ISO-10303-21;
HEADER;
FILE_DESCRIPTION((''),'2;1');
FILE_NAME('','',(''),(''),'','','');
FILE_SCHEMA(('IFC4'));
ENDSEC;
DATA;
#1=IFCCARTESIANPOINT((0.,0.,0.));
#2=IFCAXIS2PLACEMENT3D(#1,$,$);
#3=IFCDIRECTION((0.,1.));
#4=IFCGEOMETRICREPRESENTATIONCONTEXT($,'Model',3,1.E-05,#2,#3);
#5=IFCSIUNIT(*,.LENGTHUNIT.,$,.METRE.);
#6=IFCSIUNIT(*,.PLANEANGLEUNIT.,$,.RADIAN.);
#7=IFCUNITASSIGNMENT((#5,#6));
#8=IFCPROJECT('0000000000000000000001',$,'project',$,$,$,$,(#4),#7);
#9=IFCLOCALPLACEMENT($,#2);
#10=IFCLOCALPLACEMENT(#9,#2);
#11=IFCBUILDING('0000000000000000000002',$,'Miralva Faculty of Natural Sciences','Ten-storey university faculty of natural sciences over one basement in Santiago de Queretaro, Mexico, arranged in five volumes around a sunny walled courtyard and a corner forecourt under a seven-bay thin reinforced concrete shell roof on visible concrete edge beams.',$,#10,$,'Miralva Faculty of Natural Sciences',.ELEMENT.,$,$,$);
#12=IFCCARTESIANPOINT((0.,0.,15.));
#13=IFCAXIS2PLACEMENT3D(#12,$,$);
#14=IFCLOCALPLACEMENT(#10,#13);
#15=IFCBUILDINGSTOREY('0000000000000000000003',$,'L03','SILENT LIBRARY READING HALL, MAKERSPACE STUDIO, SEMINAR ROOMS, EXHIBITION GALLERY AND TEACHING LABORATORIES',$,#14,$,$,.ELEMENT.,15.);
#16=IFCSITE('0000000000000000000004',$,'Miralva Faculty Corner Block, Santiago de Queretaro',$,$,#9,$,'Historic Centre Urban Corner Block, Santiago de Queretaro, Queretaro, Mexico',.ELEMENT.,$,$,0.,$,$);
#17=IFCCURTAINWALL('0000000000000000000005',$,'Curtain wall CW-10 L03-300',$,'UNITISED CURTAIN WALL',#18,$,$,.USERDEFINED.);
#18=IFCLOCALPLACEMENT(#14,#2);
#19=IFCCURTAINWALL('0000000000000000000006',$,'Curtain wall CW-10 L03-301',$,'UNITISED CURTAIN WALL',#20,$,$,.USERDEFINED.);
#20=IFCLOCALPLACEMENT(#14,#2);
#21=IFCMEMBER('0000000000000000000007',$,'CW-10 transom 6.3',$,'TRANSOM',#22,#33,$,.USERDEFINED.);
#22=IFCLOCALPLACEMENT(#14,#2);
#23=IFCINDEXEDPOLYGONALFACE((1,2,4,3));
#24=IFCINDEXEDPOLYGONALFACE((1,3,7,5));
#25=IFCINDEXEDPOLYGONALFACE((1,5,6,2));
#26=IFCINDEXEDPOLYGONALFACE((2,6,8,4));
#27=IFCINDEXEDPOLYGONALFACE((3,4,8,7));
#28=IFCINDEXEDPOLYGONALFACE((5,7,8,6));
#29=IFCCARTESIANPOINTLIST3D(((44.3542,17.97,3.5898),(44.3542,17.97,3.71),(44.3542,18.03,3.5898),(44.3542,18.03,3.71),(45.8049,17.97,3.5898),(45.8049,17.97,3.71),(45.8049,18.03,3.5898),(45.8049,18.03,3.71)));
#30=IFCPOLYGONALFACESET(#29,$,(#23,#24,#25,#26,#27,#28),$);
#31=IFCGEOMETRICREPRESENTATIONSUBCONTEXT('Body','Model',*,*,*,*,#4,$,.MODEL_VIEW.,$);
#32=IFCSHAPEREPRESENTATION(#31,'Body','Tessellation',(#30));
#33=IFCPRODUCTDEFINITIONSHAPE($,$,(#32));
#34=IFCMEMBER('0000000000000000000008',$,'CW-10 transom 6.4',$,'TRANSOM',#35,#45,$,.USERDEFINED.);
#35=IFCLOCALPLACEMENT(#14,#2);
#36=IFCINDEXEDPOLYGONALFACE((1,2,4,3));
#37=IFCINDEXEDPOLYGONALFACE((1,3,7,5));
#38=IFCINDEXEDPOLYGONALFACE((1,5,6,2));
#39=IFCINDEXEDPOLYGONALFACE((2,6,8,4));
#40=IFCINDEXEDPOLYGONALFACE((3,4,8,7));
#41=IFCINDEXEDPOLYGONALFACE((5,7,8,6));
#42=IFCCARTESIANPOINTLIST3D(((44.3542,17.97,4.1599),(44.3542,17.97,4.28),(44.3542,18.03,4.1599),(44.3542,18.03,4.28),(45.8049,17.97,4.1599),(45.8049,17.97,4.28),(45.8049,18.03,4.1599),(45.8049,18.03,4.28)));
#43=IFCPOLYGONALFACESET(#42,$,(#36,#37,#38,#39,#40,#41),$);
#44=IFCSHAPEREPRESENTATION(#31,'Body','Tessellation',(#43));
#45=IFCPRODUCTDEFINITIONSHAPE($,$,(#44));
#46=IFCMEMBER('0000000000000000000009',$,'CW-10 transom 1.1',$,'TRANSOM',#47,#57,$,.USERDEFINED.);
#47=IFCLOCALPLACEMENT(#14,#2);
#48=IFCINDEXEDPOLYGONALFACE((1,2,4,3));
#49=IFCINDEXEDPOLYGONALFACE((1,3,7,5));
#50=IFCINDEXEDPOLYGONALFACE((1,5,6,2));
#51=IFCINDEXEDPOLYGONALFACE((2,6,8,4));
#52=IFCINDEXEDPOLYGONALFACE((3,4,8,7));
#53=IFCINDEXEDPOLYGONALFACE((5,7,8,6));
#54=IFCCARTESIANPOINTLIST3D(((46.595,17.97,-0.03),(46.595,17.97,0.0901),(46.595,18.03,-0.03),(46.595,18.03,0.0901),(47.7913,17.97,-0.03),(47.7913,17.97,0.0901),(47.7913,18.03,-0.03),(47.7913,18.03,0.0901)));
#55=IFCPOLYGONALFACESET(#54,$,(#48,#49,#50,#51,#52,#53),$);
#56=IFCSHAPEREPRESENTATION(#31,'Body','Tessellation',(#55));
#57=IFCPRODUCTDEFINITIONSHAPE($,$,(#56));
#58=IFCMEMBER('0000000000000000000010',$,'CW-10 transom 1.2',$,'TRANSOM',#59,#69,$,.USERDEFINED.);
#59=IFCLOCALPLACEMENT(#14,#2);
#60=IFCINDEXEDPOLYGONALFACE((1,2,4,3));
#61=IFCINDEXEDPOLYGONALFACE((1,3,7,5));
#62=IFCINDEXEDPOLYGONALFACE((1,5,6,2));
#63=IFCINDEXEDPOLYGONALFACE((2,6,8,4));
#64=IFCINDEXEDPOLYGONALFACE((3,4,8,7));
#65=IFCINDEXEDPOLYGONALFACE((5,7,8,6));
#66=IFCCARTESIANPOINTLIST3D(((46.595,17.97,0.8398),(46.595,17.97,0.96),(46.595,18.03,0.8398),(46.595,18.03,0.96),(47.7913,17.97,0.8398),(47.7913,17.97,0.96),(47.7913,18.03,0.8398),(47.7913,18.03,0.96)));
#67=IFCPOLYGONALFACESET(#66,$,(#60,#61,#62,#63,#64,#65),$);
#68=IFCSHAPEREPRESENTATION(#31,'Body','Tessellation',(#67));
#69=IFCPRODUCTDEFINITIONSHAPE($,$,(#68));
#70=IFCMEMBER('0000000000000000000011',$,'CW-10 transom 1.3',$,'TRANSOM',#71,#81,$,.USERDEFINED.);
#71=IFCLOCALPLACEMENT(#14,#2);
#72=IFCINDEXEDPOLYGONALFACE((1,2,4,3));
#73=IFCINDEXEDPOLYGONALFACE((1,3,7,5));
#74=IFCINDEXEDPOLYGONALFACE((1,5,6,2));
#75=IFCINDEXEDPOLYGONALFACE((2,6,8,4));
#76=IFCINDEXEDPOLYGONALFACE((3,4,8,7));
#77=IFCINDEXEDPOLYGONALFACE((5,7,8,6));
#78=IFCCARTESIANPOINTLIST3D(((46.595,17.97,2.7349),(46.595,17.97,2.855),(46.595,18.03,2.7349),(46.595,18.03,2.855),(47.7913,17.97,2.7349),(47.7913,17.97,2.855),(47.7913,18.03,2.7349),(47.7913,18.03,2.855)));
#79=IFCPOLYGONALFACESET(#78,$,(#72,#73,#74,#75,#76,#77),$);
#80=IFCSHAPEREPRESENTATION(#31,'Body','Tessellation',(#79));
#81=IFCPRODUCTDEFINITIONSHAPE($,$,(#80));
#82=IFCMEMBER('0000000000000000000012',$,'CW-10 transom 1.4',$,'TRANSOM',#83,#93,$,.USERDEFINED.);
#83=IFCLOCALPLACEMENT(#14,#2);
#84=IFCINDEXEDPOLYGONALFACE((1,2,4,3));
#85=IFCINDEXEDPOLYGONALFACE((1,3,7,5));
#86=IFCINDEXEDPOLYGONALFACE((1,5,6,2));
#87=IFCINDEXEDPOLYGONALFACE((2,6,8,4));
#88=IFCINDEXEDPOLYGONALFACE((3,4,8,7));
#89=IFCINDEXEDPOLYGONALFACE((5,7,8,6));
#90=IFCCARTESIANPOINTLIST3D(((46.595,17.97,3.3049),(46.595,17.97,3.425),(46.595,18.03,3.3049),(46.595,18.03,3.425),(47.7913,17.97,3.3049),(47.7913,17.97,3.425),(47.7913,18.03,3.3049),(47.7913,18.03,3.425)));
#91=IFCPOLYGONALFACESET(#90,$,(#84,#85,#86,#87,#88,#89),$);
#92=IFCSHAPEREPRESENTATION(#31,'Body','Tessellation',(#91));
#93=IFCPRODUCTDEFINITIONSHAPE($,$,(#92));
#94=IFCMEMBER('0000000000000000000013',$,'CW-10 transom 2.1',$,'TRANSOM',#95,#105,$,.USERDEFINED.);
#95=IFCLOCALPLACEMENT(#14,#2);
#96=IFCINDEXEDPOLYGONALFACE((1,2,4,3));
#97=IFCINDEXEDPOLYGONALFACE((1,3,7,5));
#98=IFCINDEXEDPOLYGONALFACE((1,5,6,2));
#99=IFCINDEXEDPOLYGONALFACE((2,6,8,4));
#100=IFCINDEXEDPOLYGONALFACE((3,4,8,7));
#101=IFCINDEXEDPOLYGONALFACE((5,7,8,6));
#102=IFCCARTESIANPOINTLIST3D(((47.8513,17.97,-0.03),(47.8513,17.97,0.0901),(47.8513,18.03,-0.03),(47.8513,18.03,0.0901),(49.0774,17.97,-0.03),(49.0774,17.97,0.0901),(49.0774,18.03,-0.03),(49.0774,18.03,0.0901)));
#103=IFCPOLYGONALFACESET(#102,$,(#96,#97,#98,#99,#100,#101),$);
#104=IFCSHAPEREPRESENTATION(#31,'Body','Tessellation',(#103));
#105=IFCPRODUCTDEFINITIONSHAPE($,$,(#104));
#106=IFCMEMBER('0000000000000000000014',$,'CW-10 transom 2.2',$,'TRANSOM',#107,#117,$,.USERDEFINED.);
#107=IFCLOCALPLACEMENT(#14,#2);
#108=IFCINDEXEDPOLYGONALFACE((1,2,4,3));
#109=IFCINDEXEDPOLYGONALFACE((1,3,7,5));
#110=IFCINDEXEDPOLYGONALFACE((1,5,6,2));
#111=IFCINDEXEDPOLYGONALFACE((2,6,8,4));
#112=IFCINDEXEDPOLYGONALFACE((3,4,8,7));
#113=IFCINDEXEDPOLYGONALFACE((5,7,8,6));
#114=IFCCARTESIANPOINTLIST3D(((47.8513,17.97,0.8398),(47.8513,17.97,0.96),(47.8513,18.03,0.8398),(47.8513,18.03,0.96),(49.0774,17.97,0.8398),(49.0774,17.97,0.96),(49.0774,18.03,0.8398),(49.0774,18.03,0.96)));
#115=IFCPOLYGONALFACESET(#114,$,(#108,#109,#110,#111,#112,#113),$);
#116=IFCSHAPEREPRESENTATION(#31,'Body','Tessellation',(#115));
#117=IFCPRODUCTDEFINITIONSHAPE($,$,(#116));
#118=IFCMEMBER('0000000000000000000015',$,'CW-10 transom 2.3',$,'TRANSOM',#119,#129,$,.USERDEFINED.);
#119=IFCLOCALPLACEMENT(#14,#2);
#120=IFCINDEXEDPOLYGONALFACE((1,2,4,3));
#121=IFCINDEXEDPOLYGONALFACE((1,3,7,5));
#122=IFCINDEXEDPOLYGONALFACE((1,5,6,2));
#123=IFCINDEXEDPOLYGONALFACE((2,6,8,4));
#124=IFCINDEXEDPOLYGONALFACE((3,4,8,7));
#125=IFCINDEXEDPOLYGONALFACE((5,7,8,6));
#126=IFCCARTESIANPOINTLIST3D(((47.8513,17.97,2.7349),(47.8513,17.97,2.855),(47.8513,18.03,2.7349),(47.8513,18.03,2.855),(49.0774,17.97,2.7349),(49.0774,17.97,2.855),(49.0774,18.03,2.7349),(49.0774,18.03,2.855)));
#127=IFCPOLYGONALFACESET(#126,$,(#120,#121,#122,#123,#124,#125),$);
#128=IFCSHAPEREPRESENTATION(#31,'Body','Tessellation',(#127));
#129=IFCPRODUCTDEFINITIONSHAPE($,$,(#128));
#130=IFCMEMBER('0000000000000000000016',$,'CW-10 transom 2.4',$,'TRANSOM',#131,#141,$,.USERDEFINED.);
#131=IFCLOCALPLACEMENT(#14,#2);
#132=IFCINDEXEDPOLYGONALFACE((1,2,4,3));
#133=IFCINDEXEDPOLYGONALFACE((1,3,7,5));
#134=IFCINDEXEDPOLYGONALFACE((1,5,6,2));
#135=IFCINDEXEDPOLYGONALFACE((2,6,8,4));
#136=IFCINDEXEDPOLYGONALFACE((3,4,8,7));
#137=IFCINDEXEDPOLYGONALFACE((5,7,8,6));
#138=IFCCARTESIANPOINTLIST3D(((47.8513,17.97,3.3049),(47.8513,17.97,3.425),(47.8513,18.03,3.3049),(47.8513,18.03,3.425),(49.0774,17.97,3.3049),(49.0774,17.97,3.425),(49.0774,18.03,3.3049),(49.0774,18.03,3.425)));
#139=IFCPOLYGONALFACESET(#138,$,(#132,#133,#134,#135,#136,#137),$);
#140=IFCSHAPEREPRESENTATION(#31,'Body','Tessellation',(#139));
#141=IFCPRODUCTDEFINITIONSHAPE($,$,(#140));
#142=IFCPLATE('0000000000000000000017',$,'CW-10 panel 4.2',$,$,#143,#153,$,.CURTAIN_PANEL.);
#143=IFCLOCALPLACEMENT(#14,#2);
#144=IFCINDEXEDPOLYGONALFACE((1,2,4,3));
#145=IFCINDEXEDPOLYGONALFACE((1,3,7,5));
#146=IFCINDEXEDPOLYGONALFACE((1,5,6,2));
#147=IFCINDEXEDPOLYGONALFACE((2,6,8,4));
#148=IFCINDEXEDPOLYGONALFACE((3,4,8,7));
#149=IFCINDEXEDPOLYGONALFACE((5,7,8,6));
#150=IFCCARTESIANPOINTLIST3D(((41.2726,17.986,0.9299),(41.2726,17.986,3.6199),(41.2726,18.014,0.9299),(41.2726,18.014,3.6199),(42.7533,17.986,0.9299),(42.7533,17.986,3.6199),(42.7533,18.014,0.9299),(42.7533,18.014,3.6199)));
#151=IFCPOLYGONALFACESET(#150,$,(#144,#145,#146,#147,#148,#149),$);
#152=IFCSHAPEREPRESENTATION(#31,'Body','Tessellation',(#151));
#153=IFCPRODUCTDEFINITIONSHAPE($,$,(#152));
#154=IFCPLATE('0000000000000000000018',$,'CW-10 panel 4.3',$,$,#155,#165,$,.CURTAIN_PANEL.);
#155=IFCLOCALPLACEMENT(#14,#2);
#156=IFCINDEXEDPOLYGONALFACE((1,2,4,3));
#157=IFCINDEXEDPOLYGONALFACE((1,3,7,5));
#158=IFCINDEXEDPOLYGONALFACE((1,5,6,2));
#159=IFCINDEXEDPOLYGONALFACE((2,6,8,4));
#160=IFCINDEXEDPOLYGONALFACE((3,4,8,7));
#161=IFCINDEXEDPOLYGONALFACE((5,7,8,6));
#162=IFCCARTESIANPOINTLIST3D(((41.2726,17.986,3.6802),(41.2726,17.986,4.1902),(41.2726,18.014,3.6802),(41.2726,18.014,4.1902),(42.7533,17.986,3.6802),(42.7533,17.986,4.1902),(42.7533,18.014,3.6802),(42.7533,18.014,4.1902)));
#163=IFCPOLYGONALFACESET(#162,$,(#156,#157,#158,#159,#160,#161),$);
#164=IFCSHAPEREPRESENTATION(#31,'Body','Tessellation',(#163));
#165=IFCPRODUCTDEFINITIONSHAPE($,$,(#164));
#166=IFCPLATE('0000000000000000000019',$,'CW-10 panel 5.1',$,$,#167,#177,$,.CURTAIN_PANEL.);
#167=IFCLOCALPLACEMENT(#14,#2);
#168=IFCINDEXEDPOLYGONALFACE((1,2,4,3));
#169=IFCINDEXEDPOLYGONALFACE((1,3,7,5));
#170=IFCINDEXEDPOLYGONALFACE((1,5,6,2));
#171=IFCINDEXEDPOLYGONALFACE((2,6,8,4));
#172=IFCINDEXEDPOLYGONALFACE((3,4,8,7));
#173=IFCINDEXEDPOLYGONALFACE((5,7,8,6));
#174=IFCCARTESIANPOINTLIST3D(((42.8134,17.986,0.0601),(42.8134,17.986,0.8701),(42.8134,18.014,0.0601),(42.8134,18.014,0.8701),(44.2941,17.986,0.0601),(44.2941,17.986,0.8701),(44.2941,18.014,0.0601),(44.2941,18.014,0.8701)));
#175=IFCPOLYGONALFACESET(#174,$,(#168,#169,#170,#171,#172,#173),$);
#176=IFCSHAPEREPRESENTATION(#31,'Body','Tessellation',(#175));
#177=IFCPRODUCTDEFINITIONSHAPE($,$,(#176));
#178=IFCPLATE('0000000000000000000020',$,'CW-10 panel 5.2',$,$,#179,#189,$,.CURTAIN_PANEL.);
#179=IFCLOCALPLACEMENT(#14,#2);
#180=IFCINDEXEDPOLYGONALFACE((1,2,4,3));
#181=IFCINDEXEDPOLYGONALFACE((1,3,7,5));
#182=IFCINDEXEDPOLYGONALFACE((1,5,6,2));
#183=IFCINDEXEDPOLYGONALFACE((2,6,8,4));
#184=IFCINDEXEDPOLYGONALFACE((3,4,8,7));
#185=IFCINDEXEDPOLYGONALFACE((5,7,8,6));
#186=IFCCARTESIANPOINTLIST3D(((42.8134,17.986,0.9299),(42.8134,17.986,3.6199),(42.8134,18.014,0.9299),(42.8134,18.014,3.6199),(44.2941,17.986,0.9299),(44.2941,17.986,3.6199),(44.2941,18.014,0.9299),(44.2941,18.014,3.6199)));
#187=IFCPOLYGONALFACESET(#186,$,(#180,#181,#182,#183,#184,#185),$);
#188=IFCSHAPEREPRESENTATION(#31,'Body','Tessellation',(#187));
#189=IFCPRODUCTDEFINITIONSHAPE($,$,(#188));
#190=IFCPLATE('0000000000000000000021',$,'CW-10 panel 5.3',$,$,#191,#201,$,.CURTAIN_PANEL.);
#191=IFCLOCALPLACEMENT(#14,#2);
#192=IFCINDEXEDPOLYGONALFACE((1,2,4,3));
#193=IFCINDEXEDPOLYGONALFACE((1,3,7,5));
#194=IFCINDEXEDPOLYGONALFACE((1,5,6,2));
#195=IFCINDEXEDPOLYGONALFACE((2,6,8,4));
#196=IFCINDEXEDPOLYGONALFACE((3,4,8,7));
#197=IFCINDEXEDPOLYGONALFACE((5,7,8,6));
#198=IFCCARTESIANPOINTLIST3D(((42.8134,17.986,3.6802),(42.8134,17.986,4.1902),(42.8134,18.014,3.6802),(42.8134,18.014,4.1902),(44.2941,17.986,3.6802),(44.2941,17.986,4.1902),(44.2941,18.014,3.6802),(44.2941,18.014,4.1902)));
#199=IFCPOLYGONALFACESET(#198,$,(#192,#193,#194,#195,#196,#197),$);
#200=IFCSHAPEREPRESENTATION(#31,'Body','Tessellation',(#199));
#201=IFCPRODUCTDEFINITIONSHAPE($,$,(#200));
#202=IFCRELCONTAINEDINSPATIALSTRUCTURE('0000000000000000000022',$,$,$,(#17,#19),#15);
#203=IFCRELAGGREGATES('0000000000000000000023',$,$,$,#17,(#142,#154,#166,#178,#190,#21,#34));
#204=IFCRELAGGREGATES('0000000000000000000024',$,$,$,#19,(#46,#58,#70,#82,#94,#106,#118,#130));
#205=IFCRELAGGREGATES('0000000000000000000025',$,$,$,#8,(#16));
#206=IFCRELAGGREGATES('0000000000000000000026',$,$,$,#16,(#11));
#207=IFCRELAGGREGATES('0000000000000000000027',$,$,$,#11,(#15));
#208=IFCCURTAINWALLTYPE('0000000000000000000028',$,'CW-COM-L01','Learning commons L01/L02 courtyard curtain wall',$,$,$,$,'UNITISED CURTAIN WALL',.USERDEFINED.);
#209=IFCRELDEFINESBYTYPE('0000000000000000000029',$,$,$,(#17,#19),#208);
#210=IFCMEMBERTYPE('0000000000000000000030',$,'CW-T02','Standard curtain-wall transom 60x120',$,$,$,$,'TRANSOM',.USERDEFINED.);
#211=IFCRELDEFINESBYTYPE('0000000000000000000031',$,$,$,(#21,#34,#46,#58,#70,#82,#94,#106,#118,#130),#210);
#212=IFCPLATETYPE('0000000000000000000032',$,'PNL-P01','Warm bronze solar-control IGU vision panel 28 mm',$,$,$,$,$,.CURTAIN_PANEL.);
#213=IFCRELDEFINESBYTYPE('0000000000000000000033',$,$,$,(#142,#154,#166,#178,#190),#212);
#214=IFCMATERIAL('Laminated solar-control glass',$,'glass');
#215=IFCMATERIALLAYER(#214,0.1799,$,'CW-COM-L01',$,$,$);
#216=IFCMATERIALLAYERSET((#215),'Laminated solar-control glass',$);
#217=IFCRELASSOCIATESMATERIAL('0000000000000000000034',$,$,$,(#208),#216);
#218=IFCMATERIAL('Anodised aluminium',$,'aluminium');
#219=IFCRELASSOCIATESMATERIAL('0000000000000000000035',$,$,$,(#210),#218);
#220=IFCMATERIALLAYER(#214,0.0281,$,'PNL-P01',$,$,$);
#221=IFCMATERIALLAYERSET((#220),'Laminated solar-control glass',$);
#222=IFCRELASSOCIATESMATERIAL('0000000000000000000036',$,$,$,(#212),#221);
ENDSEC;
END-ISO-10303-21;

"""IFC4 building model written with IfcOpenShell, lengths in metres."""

from ifc_helpers import new_model, si_unit, direction, frame, origin, origin_2d, place, context, subcontext, project, spatial, rectangle, extrude, material, layer, layer_set, material_profile, profile_set, type_object, element, aggregate, save


model = new_model("IFC4")

# Units and contexts
model_context = context("Model", 3, precision=1e-05, world=origin(), true_north=direction((0.0, 1.0)))
body_context = subcontext(model_context, "Body", "Model", "MODEL_VIEW")
ifc_project = project(units=[si_unit("LENGTHUNIT", "METRE"), si_unit("PLANEANGLEUNIT", "RADIAN")], contexts=[model_context])

# Site, building, storey
site_placement = place(None, origin())
site = spatial("IfcSite", under=ifc_project, at=site_placement, Name="Miralva Faculty Corner Block, Santiago de Queretaro", LongName="Historic Centre Urban Corner Block, Santiago de Queretaro, Queretaro, Mexico", CompositionType="ELEMENT", RefElevation=0.0)
building_placement = place(site_placement, origin())
building = spatial("IfcBuilding", under=site, at=building_placement, Name="Miralva Faculty of Natural Sciences", Description="Ten-storey university faculty of natural sciences over one basement in Santiago de Queretaro, Mexico, arranged in five volumes around a sunny walled courtyard and a corner forecourt under a seven-bay thin reinforced concrete shell roof on visible concrete edge beams.", LongName="Miralva Faculty of Natural Sciences", CompositionType="ELEMENT")
storey_placement = place(building_placement, frame((0.0, 0.0, 15.0)))
storey = spatial("IfcBuildingStorey", under=building, at=storey_placement, Name="L03", Description="SILENT LIBRARY READING HALL, MAKERSPACE STUDIO, SEMINAR ROOMS, EXHIBITION GALLERY AND TEACHING LABORATORIES", CompositionType="ELEMENT", Elevation=15.0)

# Shared definitions
ifc_material_1 = material(Name="Laminated solar-control glass", Category="glass")
ifc_material_2 = material(Name="Anodised aluminium", Category="aluminium")

# Curtain walls
ifc_layer_1 = layer(ifc_material_1, 0.1799, Name="CW-COM-L01")
ifc_layer_set_1 = layer_set([ifc_layer_1], Name="Laminated solar-control glass")
curtain_wall_type_1 = type_object("IfcCurtainWallType", Name="CW-COM-L01", Description="Learning commons L01/L02 courtyard curtain wall", ElementType="UNITISED CURTAIN WALL", PredefinedType="USERDEFINED", material=ifc_layer_set_1)
curtain_wall_1_placement = place(storey_placement, origin())
curtain_wall_1 = element("IfcCurtainWall", 1, at=curtain_wall_1_placement, inside=storey, type_object=curtain_wall_type_1, Name="Curtain wall CW-10 L03-300", ObjectType="UNITISED CURTAIN WALL", PredefinedType="USERDEFINED")
curtain_wall_2_placement = place(storey_placement, origin())
curtain_wall_2 = element("IfcCurtainWall", 2, at=curtain_wall_2_placement, inside=storey, type_object=curtain_wall_type_1, Name="Curtain wall CW-10 L03-301", ObjectType="UNITISED CURTAIN WALL", PredefinedType="USERDEFINED")

# Members
ifc_material_profile_1 = material_profile(ifc_material_2, rectangle(XDim=0.0601, YDim=0.1201, at=origin_2d()), Name="TRANSOM 60x120")
ifc_profile_set_1 = profile_set([ifc_material_profile_1], Name="Anodised aluminium")
member_type_1 = type_object("IfcMemberType", Name="CW-T02", Description="Standard curtain-wall transom 60x120", ElementType="TRANSOM", PredefinedType="USERDEFINED", material=ifc_profile_set_1)
member_1_placement = place(storey_placement, frame((44.3542, 18.0, 3.6499), z_axis=(1.0, 0.0, 0.0), x_axis=(0.0, 1.0, 0.0)))
member_1 = element("IfcMember", 3, at=member_1_placement, type_object=member_type_1, Name="CW-10 transom 6.3", ObjectType="TRANSOM", PredefinedType="USERDEFINED", context=body_context, shape_type="SweptSolid", body=[
    extrude(rectangle(XDim=0.0601, YDim=0.1201, at=origin_2d()), origin(), (0.0, 0.0, 1.0), 1.4507),
])
member_2_placement = place(storey_placement, frame((44.3542, 18.0, 4.22), z_axis=(1.0, 0.0, 0.0), x_axis=(0.0, 1.0, 0.0)))
member_2 = element("IfcMember", 4, at=member_2_placement, type_object=member_type_1, Name="CW-10 transom 6.4", ObjectType="TRANSOM", PredefinedType="USERDEFINED", context=body_context, shape_type="SweptSolid", body=[
    extrude(rectangle(XDim=0.0601, YDim=0.1201, at=origin_2d()), origin(), (0.0, 0.0, 1.0), 1.4507),
])
member_3_placement = place(storey_placement, frame((46.595, 18.0, 0.03), z_axis=(1.0, 0.0, 0.0), x_axis=(0.0, 1.0, 0.0)))
member_3 = element("IfcMember", 5, at=member_3_placement, type_object=member_type_1, Name="CW-10 transom 1.1", ObjectType="TRANSOM", PredefinedType="USERDEFINED", context=body_context, shape_type="SweptSolid", body=[
    extrude(rectangle(XDim=0.0601, YDim=0.1201, at=origin_2d()), origin(), (0.0, 0.0, 1.0), 1.1963),
])
member_4_placement = place(storey_placement, frame((46.595, 18.0, 0.8999), z_axis=(1.0, 0.0, 0.0), x_axis=(0.0, 1.0, 0.0)))
member_4 = element("IfcMember", 6, at=member_4_placement, type_object=member_type_1, Name="CW-10 transom 1.2", ObjectType="TRANSOM", PredefinedType="USERDEFINED", context=body_context, shape_type="SweptSolid", body=[
    extrude(rectangle(XDim=0.0601, YDim=0.1201, at=origin_2d()), origin(), (0.0, 0.0, 1.0), 1.1963),
])
member_5_placement = place(storey_placement, frame((46.595, 18.0, 2.7949), z_axis=(1.0, 0.0, 0.0), x_axis=(0.0, 1.0, 0.0)))
member_5 = element("IfcMember", 7, at=member_5_placement, type_object=member_type_1, Name="CW-10 transom 1.3", ObjectType="TRANSOM", PredefinedType="USERDEFINED", context=body_context, shape_type="SweptSolid", body=[
    extrude(rectangle(XDim=0.0601, YDim=0.1201, at=origin_2d()), origin(), (0.0, 0.0, 1.0), 1.1963),
])
member_6_placement = place(storey_placement, frame((46.595, 18.0, 3.365), z_axis=(1.0, 0.0, 0.0), x_axis=(0.0, 1.0, 0.0)))
member_6 = element("IfcMember", 8, at=member_6_placement, type_object=member_type_1, Name="CW-10 transom 1.4", ObjectType="TRANSOM", PredefinedType="USERDEFINED", context=body_context, shape_type="SweptSolid", body=[
    extrude(rectangle(XDim=0.0601, YDim=0.1201, at=origin_2d()), origin(), (0.0, 0.0, 1.0), 1.1963),
])
member_7_placement = place(storey_placement, frame((47.8513, 18.0, 0.03), z_axis=(1.0, 0.0, 0.0), x_axis=(0.0, 1.0, 0.0)))
member_7 = element("IfcMember", 9, at=member_7_placement, type_object=member_type_1, Name="CW-10 transom 2.1", ObjectType="TRANSOM", PredefinedType="USERDEFINED", context=body_context, shape_type="SweptSolid", body=[
    extrude(rectangle(XDim=0.0601, YDim=0.1201, at=origin_2d()), origin(), (0.0, 0.0, 1.0), 1.2261),
])
member_8_placement = place(storey_placement, frame((47.8513, 18.0, 0.8999), z_axis=(1.0, 0.0, 0.0), x_axis=(0.0, 1.0, 0.0)))
member_8 = element("IfcMember", 10, at=member_8_placement, type_object=member_type_1, Name="CW-10 transom 2.2", ObjectType="TRANSOM", PredefinedType="USERDEFINED", context=body_context, shape_type="SweptSolid", body=[
    extrude(rectangle(XDim=0.0601, YDim=0.1201, at=origin_2d()), origin(), (0.0, 0.0, 1.0), 1.2261),
])
member_9_placement = place(storey_placement, frame((47.8513, 18.0, 2.7949), z_axis=(1.0, 0.0, 0.0), x_axis=(0.0, 1.0, 0.0)))
member_9 = element("IfcMember", 11, at=member_9_placement, type_object=member_type_1, Name="CW-10 transom 2.3", ObjectType="TRANSOM", PredefinedType="USERDEFINED", context=body_context, shape_type="SweptSolid", body=[
    extrude(rectangle(XDim=0.0601, YDim=0.1201, at=origin_2d()), origin(), (0.0, 0.0, 1.0), 1.2261),
])
member_10_placement = place(storey_placement, frame((47.8513, 18.0, 3.365), z_axis=(1.0, 0.0, 0.0), x_axis=(0.0, 1.0, 0.0)))
member_10 = element("IfcMember", 12, at=member_10_placement, type_object=member_type_1, Name="CW-10 transom 2.4", ObjectType="TRANSOM", PredefinedType="USERDEFINED", context=body_context, shape_type="SweptSolid", body=[
    extrude(rectangle(XDim=0.0601, YDim=0.1201, at=origin_2d()), origin(), (0.0, 0.0, 1.0), 1.2261),
])

# Plates
ifc_layer_2 = layer(ifc_material_1, 0.0281, Name="PNL-P01")
ifc_layer_set_2 = layer_set([ifc_layer_2], Name="Laminated solar-control glass")
plate_type = type_object("IfcPlateType", Name="PNL-P01", Description="Warm bronze solar-control IGU vision panel 28 mm", PredefinedType="CURTAIN_PANEL", material=ifc_layer_set_2)
plate_1_placement = place(storey_placement, frame((42.0129, 18.0, 0.9299), z_axis=(0.0, 0.0, 1.0), x_axis=(1.0, 0.0, 0.0)))
plate_1 = element("IfcPlate", 13, at=plate_1_placement, type_object=plate_type, Name="CW-10 panel 4.2", PredefinedType="CURTAIN_PANEL", context=body_context, shape_type="SweptSolid", body=[
    extrude(rectangle(XDim=1.4807, YDim=0.0281, at=origin_2d()), origin(), (0.0, 0.0, 1.0), 2.6899),
])
plate_2_placement = place(storey_placement, frame((42.0129, 18.0, 3.6802), z_axis=(0.0, 0.0, 1.0), x_axis=(1.0, 0.0, 0.0)))
plate_2 = element("IfcPlate", 14, at=plate_2_placement, type_object=plate_type, Name="CW-10 panel 4.3", PredefinedType="CURTAIN_PANEL", context=body_context, shape_type="SweptSolid", body=[
    extrude(rectangle(XDim=1.4807, YDim=0.0281, at=origin_2d()), origin(), (0.0, 0.0, 1.0), 0.51),
])
plate_3_placement = place(storey_placement, frame((43.5537, 18.0, 0.0601), z_axis=(0.0, 0.0, 1.0), x_axis=(1.0, 0.0, 0.0)))
plate_3 = element("IfcPlate", 15, at=plate_3_placement, type_object=plate_type, Name="CW-10 panel 5.1", PredefinedType="CURTAIN_PANEL", context=body_context, shape_type="SweptSolid", body=[
    extrude(rectangle(XDim=1.4807, YDim=0.0281, at=origin_2d()), origin(), (0.0, 0.0, 1.0), 0.8101),
])
plate_4_placement = place(storey_placement, frame((43.5537, 18.0, 0.9299), z_axis=(0.0, 0.0, 1.0), x_axis=(1.0, 0.0, 0.0)))
plate_4 = element("IfcPlate", 16, at=plate_4_placement, type_object=plate_type, Name="CW-10 panel 5.2", PredefinedType="CURTAIN_PANEL", context=body_context, shape_type="SweptSolid", body=[
    extrude(rectangle(XDim=1.4807, YDim=0.0281, at=origin_2d()), origin(), (0.0, 0.0, 1.0), 2.6899),
])
plate_5_placement = place(storey_placement, frame((43.5537, 18.0, 3.6802), z_axis=(0.0, 0.0, 1.0), x_axis=(1.0, 0.0, 0.0)))
plate_5 = element("IfcPlate", 17, at=plate_5_placement, type_object=plate_type, Name="CW-10 panel 5.3", PredefinedType="CURTAIN_PANEL", context=body_context, shape_type="SweptSolid", body=[
    extrude(rectangle(XDim=1.4807, YDim=0.0281, at=origin_2d()), origin(), (0.0, 0.0, 1.0), 0.51),
])
aggregate(curtain_wall_1, [plate_1, plate_2, plate_3, plate_4, plate_5, member_1, member_2])
aggregate(curtain_wall_2, [member_3, member_4, member_5, member_6, member_7, member_8, member_9, member_10])

save(model, "model.ifc")
